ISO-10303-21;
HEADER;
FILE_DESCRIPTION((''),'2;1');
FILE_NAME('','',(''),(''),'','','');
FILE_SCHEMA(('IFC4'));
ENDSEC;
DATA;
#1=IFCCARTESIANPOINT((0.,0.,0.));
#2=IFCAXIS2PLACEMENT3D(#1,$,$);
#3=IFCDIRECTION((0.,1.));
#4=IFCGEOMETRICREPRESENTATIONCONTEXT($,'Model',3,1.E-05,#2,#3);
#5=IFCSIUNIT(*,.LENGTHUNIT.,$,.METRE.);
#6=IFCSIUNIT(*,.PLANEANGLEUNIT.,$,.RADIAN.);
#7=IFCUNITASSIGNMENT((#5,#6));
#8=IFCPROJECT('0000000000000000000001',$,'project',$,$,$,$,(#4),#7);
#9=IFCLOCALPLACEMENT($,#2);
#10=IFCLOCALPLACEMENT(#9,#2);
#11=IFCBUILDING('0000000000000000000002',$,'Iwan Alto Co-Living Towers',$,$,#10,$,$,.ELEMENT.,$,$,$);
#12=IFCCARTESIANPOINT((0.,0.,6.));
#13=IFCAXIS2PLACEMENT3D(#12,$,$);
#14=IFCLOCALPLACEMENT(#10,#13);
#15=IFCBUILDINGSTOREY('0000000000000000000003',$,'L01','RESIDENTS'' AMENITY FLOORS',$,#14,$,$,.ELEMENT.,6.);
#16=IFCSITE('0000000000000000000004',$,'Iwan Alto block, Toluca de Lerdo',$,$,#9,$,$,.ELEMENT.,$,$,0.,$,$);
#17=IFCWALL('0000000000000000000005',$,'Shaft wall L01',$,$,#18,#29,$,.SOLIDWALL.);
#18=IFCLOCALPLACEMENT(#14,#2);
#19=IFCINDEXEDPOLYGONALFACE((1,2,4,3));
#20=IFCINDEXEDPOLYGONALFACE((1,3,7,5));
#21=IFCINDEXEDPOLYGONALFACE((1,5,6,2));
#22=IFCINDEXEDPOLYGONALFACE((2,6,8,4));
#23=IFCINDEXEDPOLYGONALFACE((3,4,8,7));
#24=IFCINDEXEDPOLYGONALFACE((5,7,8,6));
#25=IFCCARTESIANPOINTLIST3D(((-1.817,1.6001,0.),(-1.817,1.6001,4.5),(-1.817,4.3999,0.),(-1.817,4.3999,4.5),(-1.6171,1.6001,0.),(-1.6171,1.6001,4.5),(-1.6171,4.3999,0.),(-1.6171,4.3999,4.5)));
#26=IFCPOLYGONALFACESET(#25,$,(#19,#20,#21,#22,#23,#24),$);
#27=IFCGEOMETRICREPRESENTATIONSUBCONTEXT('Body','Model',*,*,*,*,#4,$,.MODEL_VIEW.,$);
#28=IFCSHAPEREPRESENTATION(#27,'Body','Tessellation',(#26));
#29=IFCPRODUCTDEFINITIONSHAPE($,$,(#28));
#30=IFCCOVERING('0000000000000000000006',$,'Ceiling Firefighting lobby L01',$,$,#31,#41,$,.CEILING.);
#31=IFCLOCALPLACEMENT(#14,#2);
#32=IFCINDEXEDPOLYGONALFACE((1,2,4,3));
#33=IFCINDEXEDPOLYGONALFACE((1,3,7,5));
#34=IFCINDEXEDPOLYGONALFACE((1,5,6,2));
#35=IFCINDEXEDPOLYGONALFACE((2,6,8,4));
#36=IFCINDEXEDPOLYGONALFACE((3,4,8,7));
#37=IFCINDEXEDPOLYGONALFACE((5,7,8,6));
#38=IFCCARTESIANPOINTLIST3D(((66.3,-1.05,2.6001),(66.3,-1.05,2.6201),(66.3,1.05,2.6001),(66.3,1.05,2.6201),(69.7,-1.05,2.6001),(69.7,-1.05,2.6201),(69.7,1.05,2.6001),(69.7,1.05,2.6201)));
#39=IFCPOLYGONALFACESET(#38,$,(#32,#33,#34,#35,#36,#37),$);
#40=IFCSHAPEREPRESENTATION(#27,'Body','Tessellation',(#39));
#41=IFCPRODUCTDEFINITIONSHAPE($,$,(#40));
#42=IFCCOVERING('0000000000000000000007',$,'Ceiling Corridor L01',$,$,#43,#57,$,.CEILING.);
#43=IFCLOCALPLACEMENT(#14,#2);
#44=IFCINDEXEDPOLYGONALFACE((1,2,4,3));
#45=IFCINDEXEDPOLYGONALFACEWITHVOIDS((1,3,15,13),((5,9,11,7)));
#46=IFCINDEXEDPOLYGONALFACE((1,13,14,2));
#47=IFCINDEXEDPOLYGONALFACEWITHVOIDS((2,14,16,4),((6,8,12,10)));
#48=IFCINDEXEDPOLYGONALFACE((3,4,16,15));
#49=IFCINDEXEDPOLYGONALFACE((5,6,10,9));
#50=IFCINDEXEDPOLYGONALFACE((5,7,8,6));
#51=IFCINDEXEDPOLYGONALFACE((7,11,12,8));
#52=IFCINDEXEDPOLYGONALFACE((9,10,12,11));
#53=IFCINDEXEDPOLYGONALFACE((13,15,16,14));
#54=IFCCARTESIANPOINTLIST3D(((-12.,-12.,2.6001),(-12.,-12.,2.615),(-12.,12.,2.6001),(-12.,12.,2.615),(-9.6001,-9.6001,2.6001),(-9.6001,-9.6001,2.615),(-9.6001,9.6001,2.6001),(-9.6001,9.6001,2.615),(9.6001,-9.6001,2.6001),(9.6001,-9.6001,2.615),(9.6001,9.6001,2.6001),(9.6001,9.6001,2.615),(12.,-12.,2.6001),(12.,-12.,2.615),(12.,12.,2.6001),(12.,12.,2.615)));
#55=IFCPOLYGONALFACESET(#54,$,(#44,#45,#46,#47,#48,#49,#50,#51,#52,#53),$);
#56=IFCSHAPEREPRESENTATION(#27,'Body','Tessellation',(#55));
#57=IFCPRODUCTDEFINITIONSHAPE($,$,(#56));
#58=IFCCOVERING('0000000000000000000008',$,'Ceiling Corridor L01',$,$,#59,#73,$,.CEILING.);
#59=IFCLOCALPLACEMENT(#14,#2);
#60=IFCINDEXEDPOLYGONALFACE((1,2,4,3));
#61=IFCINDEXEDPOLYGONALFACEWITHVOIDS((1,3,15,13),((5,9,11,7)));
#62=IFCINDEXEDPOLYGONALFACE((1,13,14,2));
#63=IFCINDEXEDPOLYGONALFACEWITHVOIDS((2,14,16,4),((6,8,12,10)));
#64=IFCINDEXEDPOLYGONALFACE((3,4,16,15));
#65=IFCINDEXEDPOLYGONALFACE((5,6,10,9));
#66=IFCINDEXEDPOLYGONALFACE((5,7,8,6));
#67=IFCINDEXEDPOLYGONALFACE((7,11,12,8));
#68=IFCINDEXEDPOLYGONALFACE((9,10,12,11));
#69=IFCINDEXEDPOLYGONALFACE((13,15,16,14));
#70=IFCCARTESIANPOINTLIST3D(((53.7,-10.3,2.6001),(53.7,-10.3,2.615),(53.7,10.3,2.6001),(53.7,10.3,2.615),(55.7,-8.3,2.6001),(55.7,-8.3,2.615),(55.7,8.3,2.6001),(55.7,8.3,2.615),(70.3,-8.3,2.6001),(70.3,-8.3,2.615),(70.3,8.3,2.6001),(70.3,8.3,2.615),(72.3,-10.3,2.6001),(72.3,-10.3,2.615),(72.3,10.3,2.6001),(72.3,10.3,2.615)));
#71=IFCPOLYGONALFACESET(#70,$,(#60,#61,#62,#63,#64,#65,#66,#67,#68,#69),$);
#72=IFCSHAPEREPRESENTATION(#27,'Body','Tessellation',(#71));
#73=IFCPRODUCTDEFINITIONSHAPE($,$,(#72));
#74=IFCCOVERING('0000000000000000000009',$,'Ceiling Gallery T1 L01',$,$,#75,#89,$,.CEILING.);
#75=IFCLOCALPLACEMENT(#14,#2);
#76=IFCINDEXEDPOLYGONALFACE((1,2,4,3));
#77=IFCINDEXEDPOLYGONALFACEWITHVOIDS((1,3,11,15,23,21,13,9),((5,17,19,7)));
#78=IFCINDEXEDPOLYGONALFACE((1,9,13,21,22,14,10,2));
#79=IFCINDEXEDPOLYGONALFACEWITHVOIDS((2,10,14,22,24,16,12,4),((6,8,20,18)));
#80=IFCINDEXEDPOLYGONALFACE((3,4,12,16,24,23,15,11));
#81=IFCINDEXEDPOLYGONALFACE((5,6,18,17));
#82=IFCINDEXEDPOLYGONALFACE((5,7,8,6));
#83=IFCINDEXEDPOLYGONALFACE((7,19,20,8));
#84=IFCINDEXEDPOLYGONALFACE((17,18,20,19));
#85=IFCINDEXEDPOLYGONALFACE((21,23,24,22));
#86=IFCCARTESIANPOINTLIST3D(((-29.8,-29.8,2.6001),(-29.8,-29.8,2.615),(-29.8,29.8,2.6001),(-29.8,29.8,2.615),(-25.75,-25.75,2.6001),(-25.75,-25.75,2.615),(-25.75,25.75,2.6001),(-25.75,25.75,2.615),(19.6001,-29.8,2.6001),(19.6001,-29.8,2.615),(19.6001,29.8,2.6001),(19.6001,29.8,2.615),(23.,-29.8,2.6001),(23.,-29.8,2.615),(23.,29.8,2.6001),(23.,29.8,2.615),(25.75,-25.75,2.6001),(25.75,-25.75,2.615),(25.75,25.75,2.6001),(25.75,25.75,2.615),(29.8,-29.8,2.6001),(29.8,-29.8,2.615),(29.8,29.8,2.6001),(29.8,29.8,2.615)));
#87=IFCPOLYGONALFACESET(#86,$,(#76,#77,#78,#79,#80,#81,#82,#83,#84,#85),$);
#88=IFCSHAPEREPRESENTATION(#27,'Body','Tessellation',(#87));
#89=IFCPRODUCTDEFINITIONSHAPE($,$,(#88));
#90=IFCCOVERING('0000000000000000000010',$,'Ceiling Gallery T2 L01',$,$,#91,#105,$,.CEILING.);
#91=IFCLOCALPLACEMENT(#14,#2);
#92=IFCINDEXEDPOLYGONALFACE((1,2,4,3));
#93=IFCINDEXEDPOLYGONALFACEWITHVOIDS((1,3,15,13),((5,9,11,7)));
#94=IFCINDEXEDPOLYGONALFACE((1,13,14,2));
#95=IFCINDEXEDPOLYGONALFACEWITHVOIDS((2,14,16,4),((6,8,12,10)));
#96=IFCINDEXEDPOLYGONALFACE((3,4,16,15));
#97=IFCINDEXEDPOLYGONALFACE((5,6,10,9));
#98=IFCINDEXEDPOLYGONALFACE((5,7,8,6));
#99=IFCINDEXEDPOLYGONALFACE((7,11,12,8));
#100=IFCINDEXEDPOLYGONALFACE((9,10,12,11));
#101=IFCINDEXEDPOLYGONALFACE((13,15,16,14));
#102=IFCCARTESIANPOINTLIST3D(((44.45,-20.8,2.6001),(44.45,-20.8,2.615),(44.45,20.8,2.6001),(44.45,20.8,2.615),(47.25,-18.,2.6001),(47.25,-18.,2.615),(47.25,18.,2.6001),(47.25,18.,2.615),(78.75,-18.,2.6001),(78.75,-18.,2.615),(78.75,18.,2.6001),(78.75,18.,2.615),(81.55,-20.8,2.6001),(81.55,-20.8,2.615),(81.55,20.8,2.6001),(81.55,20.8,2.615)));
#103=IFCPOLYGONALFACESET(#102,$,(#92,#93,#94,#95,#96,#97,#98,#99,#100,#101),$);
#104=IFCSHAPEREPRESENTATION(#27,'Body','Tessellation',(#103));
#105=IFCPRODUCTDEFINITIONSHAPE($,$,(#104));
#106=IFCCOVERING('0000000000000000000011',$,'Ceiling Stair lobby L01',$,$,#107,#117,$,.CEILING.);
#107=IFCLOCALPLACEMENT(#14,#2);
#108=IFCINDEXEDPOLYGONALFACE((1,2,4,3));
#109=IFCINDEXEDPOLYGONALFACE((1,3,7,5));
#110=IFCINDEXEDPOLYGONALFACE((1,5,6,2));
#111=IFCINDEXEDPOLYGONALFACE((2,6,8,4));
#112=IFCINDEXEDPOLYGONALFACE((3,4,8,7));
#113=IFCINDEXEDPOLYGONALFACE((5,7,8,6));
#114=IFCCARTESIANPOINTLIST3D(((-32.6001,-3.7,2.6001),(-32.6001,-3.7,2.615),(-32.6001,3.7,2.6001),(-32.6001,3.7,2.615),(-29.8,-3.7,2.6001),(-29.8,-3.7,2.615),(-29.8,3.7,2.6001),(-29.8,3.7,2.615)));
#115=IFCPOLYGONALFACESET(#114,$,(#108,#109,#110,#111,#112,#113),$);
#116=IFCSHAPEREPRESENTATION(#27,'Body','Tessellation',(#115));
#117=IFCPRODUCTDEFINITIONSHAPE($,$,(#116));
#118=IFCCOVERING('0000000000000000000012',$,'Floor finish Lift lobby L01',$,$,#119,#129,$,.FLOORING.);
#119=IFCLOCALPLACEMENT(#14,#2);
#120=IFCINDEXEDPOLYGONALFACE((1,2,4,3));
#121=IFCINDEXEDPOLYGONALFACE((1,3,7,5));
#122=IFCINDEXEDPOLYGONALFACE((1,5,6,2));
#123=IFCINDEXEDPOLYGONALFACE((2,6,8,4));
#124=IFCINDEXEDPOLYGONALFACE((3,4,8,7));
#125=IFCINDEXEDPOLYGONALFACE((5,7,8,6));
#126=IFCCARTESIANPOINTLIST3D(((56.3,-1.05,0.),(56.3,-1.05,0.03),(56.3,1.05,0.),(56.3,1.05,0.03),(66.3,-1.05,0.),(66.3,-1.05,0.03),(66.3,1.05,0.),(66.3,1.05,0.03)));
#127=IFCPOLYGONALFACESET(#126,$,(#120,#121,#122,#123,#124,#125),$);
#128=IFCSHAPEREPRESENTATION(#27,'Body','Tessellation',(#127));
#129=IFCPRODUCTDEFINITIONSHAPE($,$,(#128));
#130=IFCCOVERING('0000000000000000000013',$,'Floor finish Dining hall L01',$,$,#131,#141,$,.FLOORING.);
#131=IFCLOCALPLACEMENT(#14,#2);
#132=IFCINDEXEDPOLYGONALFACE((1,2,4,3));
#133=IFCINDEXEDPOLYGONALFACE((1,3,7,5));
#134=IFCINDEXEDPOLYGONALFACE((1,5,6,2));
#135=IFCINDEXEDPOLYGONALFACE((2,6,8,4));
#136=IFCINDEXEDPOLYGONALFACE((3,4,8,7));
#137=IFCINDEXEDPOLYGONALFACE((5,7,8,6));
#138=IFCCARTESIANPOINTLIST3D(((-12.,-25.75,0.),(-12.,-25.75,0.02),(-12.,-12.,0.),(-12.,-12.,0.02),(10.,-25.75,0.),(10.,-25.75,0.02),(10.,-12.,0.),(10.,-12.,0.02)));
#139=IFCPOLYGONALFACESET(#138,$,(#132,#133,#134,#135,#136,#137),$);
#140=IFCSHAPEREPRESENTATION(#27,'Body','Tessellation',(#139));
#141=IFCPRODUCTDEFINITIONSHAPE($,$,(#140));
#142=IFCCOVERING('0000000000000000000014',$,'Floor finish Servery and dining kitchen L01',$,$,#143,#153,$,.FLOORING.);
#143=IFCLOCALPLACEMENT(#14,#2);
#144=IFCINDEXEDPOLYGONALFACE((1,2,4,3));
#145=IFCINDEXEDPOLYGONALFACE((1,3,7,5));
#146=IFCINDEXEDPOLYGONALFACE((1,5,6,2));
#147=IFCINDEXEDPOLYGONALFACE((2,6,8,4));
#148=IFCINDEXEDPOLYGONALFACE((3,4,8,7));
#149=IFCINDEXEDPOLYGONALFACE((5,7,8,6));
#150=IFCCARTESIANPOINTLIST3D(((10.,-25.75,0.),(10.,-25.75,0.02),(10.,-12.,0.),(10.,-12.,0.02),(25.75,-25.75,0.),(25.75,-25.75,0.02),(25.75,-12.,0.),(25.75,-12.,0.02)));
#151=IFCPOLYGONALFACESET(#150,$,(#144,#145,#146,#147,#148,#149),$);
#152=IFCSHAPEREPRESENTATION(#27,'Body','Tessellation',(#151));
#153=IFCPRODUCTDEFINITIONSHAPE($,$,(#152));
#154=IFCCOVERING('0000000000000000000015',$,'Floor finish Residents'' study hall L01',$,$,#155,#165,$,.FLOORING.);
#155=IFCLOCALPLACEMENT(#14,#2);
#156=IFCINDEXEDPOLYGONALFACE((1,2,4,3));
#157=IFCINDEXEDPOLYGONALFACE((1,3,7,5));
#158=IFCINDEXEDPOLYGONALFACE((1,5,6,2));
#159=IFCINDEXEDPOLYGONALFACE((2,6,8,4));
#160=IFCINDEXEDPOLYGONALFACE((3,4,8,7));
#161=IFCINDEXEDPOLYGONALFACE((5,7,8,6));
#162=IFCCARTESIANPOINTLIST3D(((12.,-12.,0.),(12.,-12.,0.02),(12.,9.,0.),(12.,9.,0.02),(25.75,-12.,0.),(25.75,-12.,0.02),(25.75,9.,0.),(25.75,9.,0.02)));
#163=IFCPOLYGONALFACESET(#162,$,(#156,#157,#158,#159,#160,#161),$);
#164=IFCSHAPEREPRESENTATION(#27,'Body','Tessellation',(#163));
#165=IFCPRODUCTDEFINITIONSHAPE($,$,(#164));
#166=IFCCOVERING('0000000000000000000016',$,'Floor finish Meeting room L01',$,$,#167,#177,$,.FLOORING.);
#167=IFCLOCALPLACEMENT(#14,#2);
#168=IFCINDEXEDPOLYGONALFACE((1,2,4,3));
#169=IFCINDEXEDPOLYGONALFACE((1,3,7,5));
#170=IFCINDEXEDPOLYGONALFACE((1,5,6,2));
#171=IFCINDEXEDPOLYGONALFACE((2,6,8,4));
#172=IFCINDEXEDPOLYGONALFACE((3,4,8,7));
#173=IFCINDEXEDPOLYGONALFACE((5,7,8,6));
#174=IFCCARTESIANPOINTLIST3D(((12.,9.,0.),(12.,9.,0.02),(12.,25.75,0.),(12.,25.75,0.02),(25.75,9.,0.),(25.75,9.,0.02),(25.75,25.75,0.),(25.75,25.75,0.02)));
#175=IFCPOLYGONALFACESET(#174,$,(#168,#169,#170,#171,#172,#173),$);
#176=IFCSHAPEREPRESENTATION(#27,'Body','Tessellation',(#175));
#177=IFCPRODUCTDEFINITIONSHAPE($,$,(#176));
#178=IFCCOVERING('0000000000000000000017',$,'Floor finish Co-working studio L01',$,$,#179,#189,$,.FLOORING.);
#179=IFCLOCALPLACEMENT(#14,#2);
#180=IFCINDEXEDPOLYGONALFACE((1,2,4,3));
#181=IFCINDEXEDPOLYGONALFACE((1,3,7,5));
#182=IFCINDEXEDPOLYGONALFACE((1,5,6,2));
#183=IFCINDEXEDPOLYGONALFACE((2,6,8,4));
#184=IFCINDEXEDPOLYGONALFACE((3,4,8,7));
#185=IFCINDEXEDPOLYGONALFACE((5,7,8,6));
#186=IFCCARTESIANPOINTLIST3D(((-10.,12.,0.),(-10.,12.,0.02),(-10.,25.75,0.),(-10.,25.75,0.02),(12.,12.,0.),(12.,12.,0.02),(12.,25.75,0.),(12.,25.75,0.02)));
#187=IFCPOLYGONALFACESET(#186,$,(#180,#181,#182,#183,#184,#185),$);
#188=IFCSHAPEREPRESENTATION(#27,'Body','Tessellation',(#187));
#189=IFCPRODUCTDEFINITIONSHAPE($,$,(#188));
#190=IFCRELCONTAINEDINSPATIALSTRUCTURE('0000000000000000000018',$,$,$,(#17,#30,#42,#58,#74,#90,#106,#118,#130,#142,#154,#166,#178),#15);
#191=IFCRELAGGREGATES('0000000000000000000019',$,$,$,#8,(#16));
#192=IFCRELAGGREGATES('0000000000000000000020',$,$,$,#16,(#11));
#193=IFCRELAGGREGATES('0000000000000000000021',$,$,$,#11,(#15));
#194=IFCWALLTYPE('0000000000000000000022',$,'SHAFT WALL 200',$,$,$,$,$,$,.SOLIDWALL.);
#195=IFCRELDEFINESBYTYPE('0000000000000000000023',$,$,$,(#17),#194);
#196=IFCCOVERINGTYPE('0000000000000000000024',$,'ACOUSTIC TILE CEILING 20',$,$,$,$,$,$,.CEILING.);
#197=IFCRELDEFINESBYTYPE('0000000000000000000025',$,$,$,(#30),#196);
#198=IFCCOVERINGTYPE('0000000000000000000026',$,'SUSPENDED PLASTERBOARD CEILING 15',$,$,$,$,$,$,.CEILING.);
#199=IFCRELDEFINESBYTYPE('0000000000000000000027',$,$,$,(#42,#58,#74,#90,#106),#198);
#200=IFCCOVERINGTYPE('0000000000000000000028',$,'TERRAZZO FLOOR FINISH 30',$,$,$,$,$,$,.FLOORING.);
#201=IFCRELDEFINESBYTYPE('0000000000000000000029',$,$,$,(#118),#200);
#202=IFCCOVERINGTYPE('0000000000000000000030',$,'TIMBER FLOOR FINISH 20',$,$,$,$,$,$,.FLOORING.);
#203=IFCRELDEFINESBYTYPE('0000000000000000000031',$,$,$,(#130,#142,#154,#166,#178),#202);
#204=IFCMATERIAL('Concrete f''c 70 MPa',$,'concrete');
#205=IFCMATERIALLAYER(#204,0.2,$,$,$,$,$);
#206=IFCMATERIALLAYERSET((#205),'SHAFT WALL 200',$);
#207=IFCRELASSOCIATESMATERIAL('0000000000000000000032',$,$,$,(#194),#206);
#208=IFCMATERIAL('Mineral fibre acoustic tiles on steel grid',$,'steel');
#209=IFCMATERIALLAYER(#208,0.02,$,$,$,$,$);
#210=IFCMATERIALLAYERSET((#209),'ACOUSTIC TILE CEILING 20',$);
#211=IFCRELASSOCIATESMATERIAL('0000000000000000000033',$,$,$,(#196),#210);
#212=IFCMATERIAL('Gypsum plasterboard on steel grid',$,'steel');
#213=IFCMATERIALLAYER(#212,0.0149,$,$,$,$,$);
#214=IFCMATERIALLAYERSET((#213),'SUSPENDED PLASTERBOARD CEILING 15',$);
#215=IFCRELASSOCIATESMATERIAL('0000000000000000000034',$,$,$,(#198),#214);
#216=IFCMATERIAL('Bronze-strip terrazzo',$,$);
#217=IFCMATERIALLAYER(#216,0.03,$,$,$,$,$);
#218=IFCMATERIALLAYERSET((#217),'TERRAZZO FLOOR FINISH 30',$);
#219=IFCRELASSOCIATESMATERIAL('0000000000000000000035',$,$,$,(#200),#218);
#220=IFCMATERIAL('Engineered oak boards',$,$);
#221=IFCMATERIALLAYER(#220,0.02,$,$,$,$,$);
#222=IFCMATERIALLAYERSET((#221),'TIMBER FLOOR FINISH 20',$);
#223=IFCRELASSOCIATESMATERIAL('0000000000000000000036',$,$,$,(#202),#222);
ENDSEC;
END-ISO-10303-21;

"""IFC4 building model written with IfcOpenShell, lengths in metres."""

from ifc_helpers import new_model, si_unit, direction, frame, frame_2d, origin, place, context, subcontext, project, spatial, polyline, rectangle, outline, extrude, material, layer, layer_set, type_object, element, save


model = new_model("IFC4")

# Units and contexts
model_context = context("Model", 3, precision=1e-05, world=origin(), true_north=direction((0.0, 1.0)))
body_context = subcontext(model_context, "Body", "Model", "MODEL_VIEW")
ifc_project = project(units=[si_unit("LENGTHUNIT", "METRE"), si_unit("PLANEANGLEUNIT", "RADIAN")], contexts=[model_context])

# Site, building, storey
site_placement = place(None, origin())
site = spatial("IfcSite", under=ifc_project, at=site_placement, Name="Iwan Alto block, Toluca de Lerdo", CompositionType="ELEMENT", RefElevation=0.0)
building_placement = place(site_placement, origin())
building = spatial("IfcBuilding", under=site, at=building_placement, Name="Iwan Alto Co-Living Towers", CompositionType="ELEMENT")
storey_placement = place(building_placement, frame((0.0, 0.0, 6.0)))
storey = spatial("IfcBuildingStorey", under=building, at=storey_placement, Name="L01", Description="RESIDENTS' AMENITY FLOORS", CompositionType="ELEMENT", Elevation=6.0)

# Wall
ifc_material_1 = material(Name="Concrete f'c 70 MPa", Category="concrete")
ifc_layer_1 = layer(ifc_material_1, 0.2)
ifc_layer_set_1 = layer_set([ifc_layer_1], Name="SHAFT WALL 200")
wall_type = type_object("IfcWallType", Name="SHAFT WALL 200", PredefinedType="SOLIDWALL", material=ifc_layer_set_1)
wall_placement = place(storey_placement, frame((-1.717, 1.6001, 0.0), z_axis=(0.0, 0.0, 1.0), x_axis=(0.0, 1.0, 0.0)))
element("IfcWall", 1, at=wall_placement, inside=storey, type_object=wall_type, Name="Shaft wall L01", PredefinedType="SOLIDWALL", context=body_context, shape_type="SweptSolid", body=[
    extrude(rectangle(XDim=2.7998, YDim=0.2, at=frame_2d((1.3999, 0.0))), origin(), (0.0, 0.0, 1.0), 4.5),
])

# Coverings
ifc_material_2 = material(Name="Mineral fibre acoustic tiles on steel grid", Category="steel")
ifc_layer_2 = layer(ifc_material_2, 0.02)
ifc_layer_set_2 = layer_set([ifc_layer_2], Name="ACOUSTIC TILE CEILING 20")
covering_type_1 = type_object("IfcCoveringType", Name="ACOUSTIC TILE CEILING 20", PredefinedType="CEILING", material=ifc_layer_set_2)
covering_1_placement = place(storey_placement, frame((0.0, 0.0, 2.6001)))
element("IfcCovering", 2, at=covering_1_placement, inside=storey, type_object=covering_type_1, Name="Ceiling Firefighting lobby L01", PredefinedType="CEILING", context=body_context, shape_type="SweptSolid", body=[
    extrude(outline(polyline([(66.3, -1.05), (66.3, 1.05), (69.7, 1.05), (69.7, -1.05), (66.3, -1.05)])), origin(), (0.0, 0.0, 1.0), 0.02),
])
ifc_material_3 = material(Name="Gypsum plasterboard on steel grid", Category="steel")
ifc_layer_3 = layer(ifc_material_3, 0.0149)
ifc_layer_set_3 = layer_set([ifc_layer_3], Name="SUSPENDED PLASTERBOARD CEILING 15")
covering_type_2 = type_object("IfcCoveringType", Name="SUSPENDED PLASTERBOARD CEILING 15", PredefinedType="CEILING", material=ifc_layer_set_3)
covering_2_placement = place(storey_placement, frame((0.0, 0.0, 2.6001)))
element("IfcCovering", 3, at=covering_2_placement, inside=storey, type_object=covering_type_2, Name="Ceiling Corridor L01", PredefinedType="CEILING", context=body_context, shape_type="SweptSolid", body=[
    extrude(outline(polyline([(-12.0, 12.0), (12.0, 12.0), (12.0, -12.0), (-12.0, -12.0), (-12.0, 12.0)]), holes=[polyline([(-9.6001, 9.6001), (-9.6001, -9.6001), (9.6001, -9.6001), (9.6001, 9.6001), (-9.6001, 9.6001)])]), origin(), (0.0, 0.0, 1.0), 0.0149),
])
covering_3_placement = place(storey_placement, frame((0.0, 0.0, 2.6001)))
element("IfcCovering", 4, at=covering_3_placement, inside=storey, type_object=covering_type_2, Name="Ceiling Corridor L01", PredefinedType="CEILING", context=body_context, shape_type="SweptSolid", body=[
    extrude(outline(polyline([(53.7, 10.3), (72.3, 10.3), (72.3, -10.3), (53.7, -10.3), (53.7, 10.3)]), holes=[polyline([(55.7, 8.3), (55.7, -8.3), (70.3, -8.3), (70.3, 8.3), (55.7, 8.3)])]), origin(), (0.0, 0.0, 1.0), 0.0149),
])
covering_4_placement = place(storey_placement, frame((0.0, 0.0, 2.6001)))
element("IfcCovering", 5, at=covering_4_placement, inside=storey, type_object=covering_type_2, Name="Ceiling Gallery T1 L01", PredefinedType="CEILING", context=body_context, shape_type="SweptSolid", body=[
    extrude(outline(polyline([(19.6001, 29.8), (23.0, 29.8), (29.8, 29.8), (29.8, -29.8), (23.0, -29.8), (19.6001, -29.8), (-29.8, -29.8), (-29.8, 29.8), (19.6001, 29.8)]), holes=[polyline([(-25.75, -25.75), (25.75, -25.75), (25.75, 25.75), (-25.75, 25.75), (-25.75, -25.75)])]), origin(), (0.0, 0.0, 1.0), 0.0149),
])
covering_5_placement = place(storey_placement, frame((0.0, 0.0, 2.6001)))
element("IfcCovering", 6, at=covering_5_placement, inside=storey, type_object=covering_type_2, Name="Ceiling Gallery T2 L01", PredefinedType="CEILING", context=body_context, shape_type="SweptSolid", body=[
    extrude(outline(polyline([(81.55, 20.8), (81.55, -20.8), (44.45, -20.8), (44.45, 20.8), (81.55, 20.8)]), holes=[polyline([(47.25, -18.0), (78.75, -18.0), (78.75, 18.0), (47.25, 18.0), (47.25, -18.0)])]), origin(), (0.0, 0.0, 1.0), 0.0149),
])
covering_6_placement = place(storey_placement, frame((0.0, 0.0, 2.6001)))
element("IfcCovering", 7, at=covering_6_placement, inside=storey, type_object=covering_type_2, Name="Ceiling Stair lobby L01", PredefinedType="CEILING", context=body_context, shape_type="SweptSolid", body=[
    extrude(outline(polyline([(-32.6001, -3.7), (-32.6001, 3.7), (-29.8, 3.7), (-29.8, -3.7), (-32.6001, -3.7)])), origin(), (0.0, 0.0, 1.0), 0.0149),
])
ifc_material_4 = material(Name="Bronze-strip terrazzo")
ifc_layer_4 = layer(ifc_material_4, 0.03)
ifc_layer_set_4 = layer_set([ifc_layer_4], Name="TERRAZZO FLOOR FINISH 30")
covering_type_3 = type_object("IfcCoveringType", Name="TERRAZZO FLOOR FINISH 30", PredefinedType="FLOORING", material=ifc_layer_set_4)
covering_7_placement = place(storey_placement, origin())
element("IfcCovering", 8, at=covering_7_placement, inside=storey, type_object=covering_type_3, Name="Floor finish Lift lobby L01", PredefinedType="FLOORING", context=body_context, shape_type="SweptSolid", body=[
    extrude(outline(polyline([(56.3, -1.05), (56.3, 1.05), (66.3, 1.05), (66.3, -1.05), (56.3, -1.05)])), origin(), (0.0, 0.0, 1.0), 0.03),
])
ifc_material_5 = material(Name="Engineered oak boards")
ifc_layer_5 = layer(ifc_material_5, 0.02)
ifc_layer_set_5 = layer_set([ifc_layer_5], Name="TIMBER FLOOR FINISH 20")
covering_type_4 = type_object("IfcCoveringType", Name="TIMBER FLOOR FINISH 20", PredefinedType="FLOORING", material=ifc_layer_set_5)
covering_8_placement = place(storey_placement, origin())
element("IfcCovering", 9, at=covering_8_placement, inside=storey, type_object=covering_type_4, Name="Floor finish Dining hall L01", PredefinedType="FLOORING", context=body_context, shape_type="SweptSolid", body=[
    extrude(outline(polyline([(-12.0, -25.75), (-12.0, -12.0), (10.0, -12.0), (10.0, -25.75), (-12.0, -25.75)])), origin(), (0.0, 0.0, 1.0), 0.02),
])
covering_9_placement = place(storey_placement, origin())
element("IfcCovering", 10, at=covering_9_placement, inside=storey, type_object=covering_type_4, Name="Floor finish Servery and dining kitchen L01", PredefinedType="FLOORING", context=body_context, shape_type="SweptSolid", body=[
    extrude(outline(polyline([(10.0, -25.75), (10.0, -12.0), (25.75, -12.0), (25.75, -25.75), (10.0, -25.75)])), origin(), (0.0, 0.0, 1.0), 0.02),
])
covering_10_placement = place(storey_placement, origin())
element("IfcCovering", 11, at=covering_10_placement, inside=storey, type_object=covering_type_4, Name="Floor finish Residents' study hall L01", PredefinedType="FLOORING", context=body_context, shape_type="SweptSolid", body=[
    extrude(outline(polyline([(12.0, -12.0), (12.0, 9.0), (25.75, 9.0), (25.75, -12.0), (12.0, -12.0)])), origin(), (0.0, 0.0, 1.0), 0.02),
])
covering_11_placement = place(storey_placement, origin())
element("IfcCovering", 12, at=covering_11_placement, inside=storey, type_object=covering_type_4, Name="Floor finish Meeting room L01", PredefinedType="FLOORING", context=body_context, shape_type="SweptSolid", body=[
    extrude(outline(polyline([(12.0, 9.0), (12.0, 25.75), (25.75, 25.75), (25.75, 9.0), (12.0, 9.0)])), origin(), (0.0, 0.0, 1.0), 0.02),
])
covering_12_placement = place(storey_placement, origin())
element("IfcCovering", 13, at=covering_12_placement, inside=storey, type_object=covering_type_4, Name="Floor finish Co-working studio L01", PredefinedType="FLOORING", context=body_context, shape_type="SweptSolid", body=[
    extrude(outline(polyline([(-10.0, 12.0), (-10.0, 25.75), (12.0, 25.75), (12.0, 12.0), (-10.0, 12.0)])), origin(), (0.0, 0.0, 1.0), 0.02),
])

save(model, "model.ifc")
